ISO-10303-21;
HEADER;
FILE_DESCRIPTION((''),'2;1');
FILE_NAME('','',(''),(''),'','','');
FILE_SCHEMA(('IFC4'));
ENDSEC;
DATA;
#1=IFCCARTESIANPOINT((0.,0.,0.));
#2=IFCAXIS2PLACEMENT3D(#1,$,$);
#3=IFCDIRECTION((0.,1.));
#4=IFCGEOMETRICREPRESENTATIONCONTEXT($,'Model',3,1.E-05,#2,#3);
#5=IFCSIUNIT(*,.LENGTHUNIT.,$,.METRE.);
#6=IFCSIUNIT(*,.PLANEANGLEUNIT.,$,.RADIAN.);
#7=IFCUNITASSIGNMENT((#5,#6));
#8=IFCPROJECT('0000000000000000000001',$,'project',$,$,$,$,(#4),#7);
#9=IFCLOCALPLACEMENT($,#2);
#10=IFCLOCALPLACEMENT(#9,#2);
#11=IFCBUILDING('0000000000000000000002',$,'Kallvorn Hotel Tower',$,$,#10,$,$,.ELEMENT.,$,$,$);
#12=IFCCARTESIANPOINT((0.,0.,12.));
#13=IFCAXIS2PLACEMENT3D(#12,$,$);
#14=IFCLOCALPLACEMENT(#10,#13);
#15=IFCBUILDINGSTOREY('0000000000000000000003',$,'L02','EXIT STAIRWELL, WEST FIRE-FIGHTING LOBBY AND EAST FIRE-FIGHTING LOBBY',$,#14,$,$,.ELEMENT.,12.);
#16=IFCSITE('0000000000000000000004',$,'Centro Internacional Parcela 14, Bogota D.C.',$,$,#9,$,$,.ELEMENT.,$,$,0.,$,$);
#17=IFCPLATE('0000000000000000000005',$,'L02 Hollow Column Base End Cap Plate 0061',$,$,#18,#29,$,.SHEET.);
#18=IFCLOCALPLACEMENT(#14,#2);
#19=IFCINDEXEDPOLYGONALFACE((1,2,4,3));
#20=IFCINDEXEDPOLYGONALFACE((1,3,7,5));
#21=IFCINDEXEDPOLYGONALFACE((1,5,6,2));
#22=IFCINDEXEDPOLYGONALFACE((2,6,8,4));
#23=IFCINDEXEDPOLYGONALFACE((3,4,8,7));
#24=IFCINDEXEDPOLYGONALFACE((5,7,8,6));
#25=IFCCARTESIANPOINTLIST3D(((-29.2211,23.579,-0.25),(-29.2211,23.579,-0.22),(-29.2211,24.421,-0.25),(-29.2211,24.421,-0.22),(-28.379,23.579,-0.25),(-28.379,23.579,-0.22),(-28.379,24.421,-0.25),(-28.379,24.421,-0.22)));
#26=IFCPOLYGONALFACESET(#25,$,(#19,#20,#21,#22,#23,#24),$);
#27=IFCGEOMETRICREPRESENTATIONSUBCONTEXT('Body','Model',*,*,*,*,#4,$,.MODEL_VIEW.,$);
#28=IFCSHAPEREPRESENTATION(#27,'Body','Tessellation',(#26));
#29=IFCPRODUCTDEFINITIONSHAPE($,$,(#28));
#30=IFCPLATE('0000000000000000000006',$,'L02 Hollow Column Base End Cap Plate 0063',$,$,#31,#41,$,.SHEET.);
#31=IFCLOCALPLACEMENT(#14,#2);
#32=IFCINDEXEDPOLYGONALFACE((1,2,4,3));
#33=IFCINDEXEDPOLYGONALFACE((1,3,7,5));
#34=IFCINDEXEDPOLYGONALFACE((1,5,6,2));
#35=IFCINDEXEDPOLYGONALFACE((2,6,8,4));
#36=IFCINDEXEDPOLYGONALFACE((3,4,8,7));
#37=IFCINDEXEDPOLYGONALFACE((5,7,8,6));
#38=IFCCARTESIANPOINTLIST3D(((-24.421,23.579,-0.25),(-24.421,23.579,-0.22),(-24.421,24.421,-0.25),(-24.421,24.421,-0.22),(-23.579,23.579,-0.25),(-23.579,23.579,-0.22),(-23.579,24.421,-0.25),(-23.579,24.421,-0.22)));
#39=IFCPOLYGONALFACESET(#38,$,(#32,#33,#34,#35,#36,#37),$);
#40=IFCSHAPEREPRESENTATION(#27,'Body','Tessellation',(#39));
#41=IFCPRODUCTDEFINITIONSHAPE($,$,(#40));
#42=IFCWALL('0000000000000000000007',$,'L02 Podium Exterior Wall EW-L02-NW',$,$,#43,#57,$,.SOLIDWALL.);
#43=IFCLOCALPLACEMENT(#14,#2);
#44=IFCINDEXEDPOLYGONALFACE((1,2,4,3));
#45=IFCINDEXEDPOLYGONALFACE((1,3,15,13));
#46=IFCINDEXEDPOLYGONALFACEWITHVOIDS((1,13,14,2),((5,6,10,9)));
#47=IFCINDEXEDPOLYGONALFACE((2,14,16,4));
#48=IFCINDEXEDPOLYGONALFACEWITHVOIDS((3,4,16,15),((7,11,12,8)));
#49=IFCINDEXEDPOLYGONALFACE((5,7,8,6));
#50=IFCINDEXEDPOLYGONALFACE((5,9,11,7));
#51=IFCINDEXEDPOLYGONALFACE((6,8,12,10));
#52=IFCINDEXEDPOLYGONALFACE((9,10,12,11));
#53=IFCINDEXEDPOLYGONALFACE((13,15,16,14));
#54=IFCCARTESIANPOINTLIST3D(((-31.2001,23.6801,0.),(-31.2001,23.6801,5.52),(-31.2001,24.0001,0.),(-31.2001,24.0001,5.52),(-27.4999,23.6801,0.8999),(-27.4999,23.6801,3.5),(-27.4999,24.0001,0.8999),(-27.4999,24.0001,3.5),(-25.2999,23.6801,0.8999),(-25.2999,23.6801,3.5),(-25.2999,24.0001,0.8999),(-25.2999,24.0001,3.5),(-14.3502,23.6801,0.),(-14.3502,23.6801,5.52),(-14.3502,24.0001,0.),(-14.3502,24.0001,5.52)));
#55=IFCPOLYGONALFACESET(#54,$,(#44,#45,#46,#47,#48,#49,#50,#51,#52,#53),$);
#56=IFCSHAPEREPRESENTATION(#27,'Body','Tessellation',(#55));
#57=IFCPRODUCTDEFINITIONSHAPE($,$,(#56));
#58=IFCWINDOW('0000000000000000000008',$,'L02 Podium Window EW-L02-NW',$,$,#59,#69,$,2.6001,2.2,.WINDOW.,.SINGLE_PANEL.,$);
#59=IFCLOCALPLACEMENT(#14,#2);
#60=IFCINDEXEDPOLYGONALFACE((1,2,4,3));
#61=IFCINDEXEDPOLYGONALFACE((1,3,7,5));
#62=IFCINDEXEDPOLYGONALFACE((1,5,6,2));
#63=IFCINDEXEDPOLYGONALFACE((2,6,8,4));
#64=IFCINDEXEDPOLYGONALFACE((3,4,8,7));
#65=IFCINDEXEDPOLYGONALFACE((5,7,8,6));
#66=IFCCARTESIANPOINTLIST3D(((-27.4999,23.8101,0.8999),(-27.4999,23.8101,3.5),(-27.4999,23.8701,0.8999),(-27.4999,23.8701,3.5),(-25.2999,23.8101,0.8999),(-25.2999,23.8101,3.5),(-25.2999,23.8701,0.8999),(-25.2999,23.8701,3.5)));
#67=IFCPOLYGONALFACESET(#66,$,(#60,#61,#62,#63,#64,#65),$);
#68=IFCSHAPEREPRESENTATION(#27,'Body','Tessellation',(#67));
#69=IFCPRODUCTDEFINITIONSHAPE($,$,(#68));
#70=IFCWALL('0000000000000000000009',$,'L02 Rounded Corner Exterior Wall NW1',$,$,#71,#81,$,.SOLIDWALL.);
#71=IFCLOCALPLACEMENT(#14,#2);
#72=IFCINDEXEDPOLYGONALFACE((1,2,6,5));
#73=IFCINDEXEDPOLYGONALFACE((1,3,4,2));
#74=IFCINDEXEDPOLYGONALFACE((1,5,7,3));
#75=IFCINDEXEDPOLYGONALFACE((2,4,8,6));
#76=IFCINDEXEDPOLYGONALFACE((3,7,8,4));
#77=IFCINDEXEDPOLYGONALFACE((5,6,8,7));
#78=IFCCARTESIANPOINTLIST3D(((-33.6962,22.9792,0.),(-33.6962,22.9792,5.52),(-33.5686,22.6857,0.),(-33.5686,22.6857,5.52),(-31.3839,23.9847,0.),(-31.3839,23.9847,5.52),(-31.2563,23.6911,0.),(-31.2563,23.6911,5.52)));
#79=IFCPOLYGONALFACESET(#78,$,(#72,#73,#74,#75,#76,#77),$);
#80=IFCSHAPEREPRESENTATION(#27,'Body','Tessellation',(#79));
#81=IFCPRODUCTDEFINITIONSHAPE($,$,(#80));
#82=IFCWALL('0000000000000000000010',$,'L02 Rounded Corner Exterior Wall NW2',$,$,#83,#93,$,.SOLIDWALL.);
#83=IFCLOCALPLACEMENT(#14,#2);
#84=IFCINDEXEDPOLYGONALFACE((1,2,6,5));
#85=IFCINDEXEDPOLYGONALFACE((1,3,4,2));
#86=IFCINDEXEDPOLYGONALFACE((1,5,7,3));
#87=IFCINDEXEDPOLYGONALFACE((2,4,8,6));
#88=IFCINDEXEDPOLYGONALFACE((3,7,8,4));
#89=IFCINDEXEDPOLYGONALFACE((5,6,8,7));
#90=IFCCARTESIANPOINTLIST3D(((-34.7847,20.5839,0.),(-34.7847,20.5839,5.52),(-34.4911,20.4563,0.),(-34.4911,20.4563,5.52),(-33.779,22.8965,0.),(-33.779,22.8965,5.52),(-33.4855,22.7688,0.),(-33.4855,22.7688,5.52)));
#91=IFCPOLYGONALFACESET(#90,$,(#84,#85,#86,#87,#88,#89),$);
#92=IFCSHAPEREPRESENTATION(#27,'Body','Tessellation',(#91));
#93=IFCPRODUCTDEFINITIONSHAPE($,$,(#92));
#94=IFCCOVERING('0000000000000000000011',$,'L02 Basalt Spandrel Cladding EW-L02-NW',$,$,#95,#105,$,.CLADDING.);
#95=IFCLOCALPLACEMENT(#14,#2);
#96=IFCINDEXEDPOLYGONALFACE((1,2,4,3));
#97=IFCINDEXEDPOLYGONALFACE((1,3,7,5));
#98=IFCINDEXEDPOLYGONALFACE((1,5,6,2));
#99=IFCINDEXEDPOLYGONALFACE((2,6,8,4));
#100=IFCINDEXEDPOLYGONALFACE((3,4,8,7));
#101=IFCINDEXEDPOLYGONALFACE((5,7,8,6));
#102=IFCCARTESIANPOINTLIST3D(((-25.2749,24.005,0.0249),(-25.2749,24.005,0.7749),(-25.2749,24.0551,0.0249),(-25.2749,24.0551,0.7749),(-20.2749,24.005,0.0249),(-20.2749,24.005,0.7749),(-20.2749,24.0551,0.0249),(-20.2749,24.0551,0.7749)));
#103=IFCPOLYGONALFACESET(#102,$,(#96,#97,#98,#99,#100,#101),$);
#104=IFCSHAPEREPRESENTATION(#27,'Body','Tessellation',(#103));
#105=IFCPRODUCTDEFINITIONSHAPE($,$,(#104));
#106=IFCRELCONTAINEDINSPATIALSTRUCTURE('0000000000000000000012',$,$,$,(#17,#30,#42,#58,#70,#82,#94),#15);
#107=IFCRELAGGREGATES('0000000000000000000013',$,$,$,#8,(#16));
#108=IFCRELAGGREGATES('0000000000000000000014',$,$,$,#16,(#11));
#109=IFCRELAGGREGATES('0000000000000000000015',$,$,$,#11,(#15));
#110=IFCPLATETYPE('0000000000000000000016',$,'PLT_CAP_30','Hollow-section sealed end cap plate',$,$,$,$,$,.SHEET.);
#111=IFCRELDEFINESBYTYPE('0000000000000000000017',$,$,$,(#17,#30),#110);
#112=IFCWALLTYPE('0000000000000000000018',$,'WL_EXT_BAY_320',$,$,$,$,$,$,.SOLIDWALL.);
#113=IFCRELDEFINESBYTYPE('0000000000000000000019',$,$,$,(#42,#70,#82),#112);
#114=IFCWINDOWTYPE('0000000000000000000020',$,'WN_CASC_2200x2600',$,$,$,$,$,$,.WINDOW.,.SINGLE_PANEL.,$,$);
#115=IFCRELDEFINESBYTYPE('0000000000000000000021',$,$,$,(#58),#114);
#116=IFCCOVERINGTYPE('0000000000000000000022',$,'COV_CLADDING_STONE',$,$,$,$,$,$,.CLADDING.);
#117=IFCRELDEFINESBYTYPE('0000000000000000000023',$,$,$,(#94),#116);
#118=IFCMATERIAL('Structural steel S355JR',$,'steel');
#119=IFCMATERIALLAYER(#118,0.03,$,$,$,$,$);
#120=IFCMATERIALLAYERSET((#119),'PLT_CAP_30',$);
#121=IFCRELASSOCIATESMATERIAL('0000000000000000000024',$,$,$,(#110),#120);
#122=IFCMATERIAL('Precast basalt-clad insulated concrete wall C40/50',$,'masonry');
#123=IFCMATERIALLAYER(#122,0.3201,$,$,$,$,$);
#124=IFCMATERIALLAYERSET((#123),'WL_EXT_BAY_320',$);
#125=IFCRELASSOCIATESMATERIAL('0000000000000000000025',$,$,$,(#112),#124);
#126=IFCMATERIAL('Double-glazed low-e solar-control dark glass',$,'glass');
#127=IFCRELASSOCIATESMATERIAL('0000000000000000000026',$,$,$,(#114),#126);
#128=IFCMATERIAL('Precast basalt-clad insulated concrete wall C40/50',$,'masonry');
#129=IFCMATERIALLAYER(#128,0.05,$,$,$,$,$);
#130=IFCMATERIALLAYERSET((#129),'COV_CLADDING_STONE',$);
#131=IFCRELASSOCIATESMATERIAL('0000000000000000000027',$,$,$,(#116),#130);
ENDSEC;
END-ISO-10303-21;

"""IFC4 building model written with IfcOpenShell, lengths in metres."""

from ifc_helpers import new_model, si_unit, direction, frame, frame_2d, origin, origin_2d, place, context, subcontext, project, spatial, rectangle, extrude, material, layer, layer_set, type_object, element, fill, save


model = new_model("IFC4")

# Units and contexts
model_context = context("Model", 3, precision=1e-05, world=origin(), true_north=direction((0.0, 1.0)))
body_context = subcontext(model_context, "Body", "Model", "MODEL_VIEW")
ifc_project = project(units=[si_unit("LENGTHUNIT", "METRE"), si_unit("PLANEANGLEUNIT", "RADIAN")], contexts=[model_context])

# Site, building, storey
site_placement = place(None, origin())
site = spatial("IfcSite", under=ifc_project, at=site_placement, Name="Centro Internacional Parcela 14, Bogota D.C.", CompositionType="ELEMENT", RefElevation=0.0)
building_placement = place(site_placement, origin())
building = spatial("IfcBuilding", under=site, at=building_placement, Name="Kallvorn Hotel Tower", CompositionType="ELEMENT")
storey_placement = place(building_placement, frame((0.0, 0.0, 12.0)))
storey = spatial("IfcBuildingStorey", under=building, at=storey_placement, Name="L02", Description="EXIT STAIRWELL, WEST FIRE-FIGHTING LOBBY AND EAST FIRE-FIGHTING LOBBY", CompositionType="ELEMENT", Elevation=12.0)

# Plates
ifc_material_1 = material(Name="Structural steel S355JR", Category="steel")
ifc_layer_1 = layer(ifc_material_1, 0.03)
ifc_layer_set_1 = layer_set([ifc_layer_1], Name="PLT_CAP_30")
plate_type = type_object("IfcPlateType", Name="PLT_CAP_30", Description="Hollow-section sealed end cap plate", PredefinedType="SHEET", material=ifc_layer_set_1)
for number, where, z_axis, x_axis, name in (
    (1, (-28.8, 24.0, -0.25), (0.0, 0.0, 1.0), (1.0, 0.0, 0.0), "L02 Hollow Column Base End Cap Plate 0061"),
    (2, (-24.0, 24.0, -0.25), (0.0, 0.0, 1.0), (1.0, 0.0, 0.0), "L02 Hollow Column Base End Cap Plate 0063"),
):
    element("IfcPlate", number, at=place(storey_placement, frame(where, z_axis=z_axis, x_axis=x_axis)), inside=storey, type_object=plate_type, Name=name, PredefinedType="SHEET", context=body_context, shape_type="SweptSolid", body=[
        extrude(rectangle(XDim=0.842, YDim=0.842, at=origin_2d()), origin(), (0.0, 0.0, 1.0), 0.03),
    ])

# Wall, opening, window
ifc_material_2 = material(Name="Precast basalt-clad insulated concrete wall C40/50", Category="masonry")
ifc_layer_2 = layer(ifc_material_2, 0.3201)
ifc_layer_set_2 = layer_set([ifc_layer_2], Name="WL_EXT_BAY_320")
wall_type = type_object("IfcWallType", Name="WL_EXT_BAY_320", PredefinedType="SOLIDWALL", material=ifc_layer_set_2)
wall_1_placement = place(storey_placement, frame((-31.2, 23.8401, 0.0), z_axis=(0.0, 0.0, 1.0), x_axis=(1.0, 0.0, 0.0)))
wall_1 = element("IfcWall", 3, at=wall_1_placement, inside=storey, type_object=wall_type, Name="L02 Podium Exterior Wall EW-L02-NW", PredefinedType="SOLIDWALL", context=body_context, shape_type="SweptSolid", body=[
    extrude(rectangle(XDim=16.8499, YDim=0.3201, at=frame_2d((8.4248, 0.0))), origin(), (0.0, 0.0, 1.0), 5.52),
])
opening_placement = place(wall_1_placement, frame((3.7, 0.0, 0.8999)))
opening = element("IfcOpeningElement", 4, at=opening_placement, cuts=wall_1, PredefinedType="OPENING", context=body_context, shape_type="SweptSolid", body=[
    extrude(rectangle(XDim=2.2, YDim=2.6001, at=frame_2d((1.1001, 1.3))), frame((0.0, 0.175, 0.0), z_axis=(0.0, -1.0, 0.0), x_axis=(1.0, 0.0, 0.0)), (0.0, 0.0, 1.0), 0.3501),
])
ifc_material_3 = material(Name="Double-glazed low-e solar-control dark glass", Category="glass")
window_type = type_object("IfcWindowType", Name="WN_CASC_2200x2600", PartitioningType="SINGLE_PANEL", PredefinedType="WINDOW", material=ifc_material_3)
window_placement = place(opening_placement, origin())
window = element("IfcWindow", 5, at=window_placement, inside=storey, type_object=window_type, Name="L02 Podium Window EW-L02-NW", OverallHeight=2.6001, OverallWidth=2.2, PartitioningType="SINGLE_PANEL", PredefinedType="WINDOW", context=body_context, shape_type="SweptSolid", body=[
    extrude(rectangle(XDim=2.2, YDim=2.6001, at=frame_2d((1.1001, 1.3))), frame((0.0, 0.03, 0.0), z_axis=(0.0, -1.0, 0.0), x_axis=(1.0, 0.0, 0.0)), (0.0, 0.0, 1.0), 0.0601),
])
fill(opening, window)

# Walls
wall_2_placement = place(storey_placement, frame((-31.3201, 23.8379, 0.0), z_axis=(0.0, 0.0, 1.0), x_axis=(-0.917064, -0.39874, 0.0)))
element("IfcWall", 6, at=wall_2_placement, inside=storey, type_object=wall_type, Name="L02 Rounded Corner Exterior Wall NW1", PredefinedType="SOLIDWALL", context=body_context, shape_type="SweptSolid", body=[
    extrude(rectangle(XDim=2.5215, YDim=0.3201, at=frame_2d((1.2607, 0.0))), origin(), (0.0, 0.0, 1.0), 5.52),
])
wall_3_placement = place(storey_placement, frame((-33.6323, 22.8325, 0.0), z_axis=(0.0, 0.0, 1.0), x_axis=(-0.398786, -0.917044, 0.0)))
element("IfcWall", 7, at=wall_3_placement, inside=storey, type_object=wall_type, Name="L02 Rounded Corner Exterior Wall NW2", PredefinedType="SOLIDWALL", context=body_context, shape_type="SweptSolid", body=[
    extrude(rectangle(XDim=2.5217, YDim=0.3201, at=frame_2d((1.2607, 0.0))), origin(), (0.0, 0.0, 1.0), 5.52),
])

# Covering
ifc_material_4 = material(Name="Precast basalt-clad insulated concrete wall C40/50", Category="masonry")
ifc_layer_3 = layer(ifc_material_4, 0.05)
ifc_layer_set_3 = layer_set([ifc_layer_3], Name="COV_CLADDING_STONE")
covering_type = type_object("IfcCoveringType", Name="COV_CLADDING_STONE", PredefinedType="CLADDING", material=ifc_layer_set_3)
covering_placement = place(storey_placement, frame((-22.7749, 24.03, 0.0249), z_axis=(0.0, 0.0, 1.0), x_axis=(1.0, 0.0, 0.0)))
element("IfcCovering", 8, at=covering_placement, inside=storey, type_object=covering_type, Name="L02 Basalt Spandrel Cladding EW-L02-NW", PredefinedType="CLADDING", context=body_context, shape_type="SweptSolid", body=[
    extrude(rectangle(XDim=5.0, YDim=0.05, at=origin_2d()), origin(), (0.0, 0.0, 1.0), 0.75),
])

save(model, "model.ifc")
